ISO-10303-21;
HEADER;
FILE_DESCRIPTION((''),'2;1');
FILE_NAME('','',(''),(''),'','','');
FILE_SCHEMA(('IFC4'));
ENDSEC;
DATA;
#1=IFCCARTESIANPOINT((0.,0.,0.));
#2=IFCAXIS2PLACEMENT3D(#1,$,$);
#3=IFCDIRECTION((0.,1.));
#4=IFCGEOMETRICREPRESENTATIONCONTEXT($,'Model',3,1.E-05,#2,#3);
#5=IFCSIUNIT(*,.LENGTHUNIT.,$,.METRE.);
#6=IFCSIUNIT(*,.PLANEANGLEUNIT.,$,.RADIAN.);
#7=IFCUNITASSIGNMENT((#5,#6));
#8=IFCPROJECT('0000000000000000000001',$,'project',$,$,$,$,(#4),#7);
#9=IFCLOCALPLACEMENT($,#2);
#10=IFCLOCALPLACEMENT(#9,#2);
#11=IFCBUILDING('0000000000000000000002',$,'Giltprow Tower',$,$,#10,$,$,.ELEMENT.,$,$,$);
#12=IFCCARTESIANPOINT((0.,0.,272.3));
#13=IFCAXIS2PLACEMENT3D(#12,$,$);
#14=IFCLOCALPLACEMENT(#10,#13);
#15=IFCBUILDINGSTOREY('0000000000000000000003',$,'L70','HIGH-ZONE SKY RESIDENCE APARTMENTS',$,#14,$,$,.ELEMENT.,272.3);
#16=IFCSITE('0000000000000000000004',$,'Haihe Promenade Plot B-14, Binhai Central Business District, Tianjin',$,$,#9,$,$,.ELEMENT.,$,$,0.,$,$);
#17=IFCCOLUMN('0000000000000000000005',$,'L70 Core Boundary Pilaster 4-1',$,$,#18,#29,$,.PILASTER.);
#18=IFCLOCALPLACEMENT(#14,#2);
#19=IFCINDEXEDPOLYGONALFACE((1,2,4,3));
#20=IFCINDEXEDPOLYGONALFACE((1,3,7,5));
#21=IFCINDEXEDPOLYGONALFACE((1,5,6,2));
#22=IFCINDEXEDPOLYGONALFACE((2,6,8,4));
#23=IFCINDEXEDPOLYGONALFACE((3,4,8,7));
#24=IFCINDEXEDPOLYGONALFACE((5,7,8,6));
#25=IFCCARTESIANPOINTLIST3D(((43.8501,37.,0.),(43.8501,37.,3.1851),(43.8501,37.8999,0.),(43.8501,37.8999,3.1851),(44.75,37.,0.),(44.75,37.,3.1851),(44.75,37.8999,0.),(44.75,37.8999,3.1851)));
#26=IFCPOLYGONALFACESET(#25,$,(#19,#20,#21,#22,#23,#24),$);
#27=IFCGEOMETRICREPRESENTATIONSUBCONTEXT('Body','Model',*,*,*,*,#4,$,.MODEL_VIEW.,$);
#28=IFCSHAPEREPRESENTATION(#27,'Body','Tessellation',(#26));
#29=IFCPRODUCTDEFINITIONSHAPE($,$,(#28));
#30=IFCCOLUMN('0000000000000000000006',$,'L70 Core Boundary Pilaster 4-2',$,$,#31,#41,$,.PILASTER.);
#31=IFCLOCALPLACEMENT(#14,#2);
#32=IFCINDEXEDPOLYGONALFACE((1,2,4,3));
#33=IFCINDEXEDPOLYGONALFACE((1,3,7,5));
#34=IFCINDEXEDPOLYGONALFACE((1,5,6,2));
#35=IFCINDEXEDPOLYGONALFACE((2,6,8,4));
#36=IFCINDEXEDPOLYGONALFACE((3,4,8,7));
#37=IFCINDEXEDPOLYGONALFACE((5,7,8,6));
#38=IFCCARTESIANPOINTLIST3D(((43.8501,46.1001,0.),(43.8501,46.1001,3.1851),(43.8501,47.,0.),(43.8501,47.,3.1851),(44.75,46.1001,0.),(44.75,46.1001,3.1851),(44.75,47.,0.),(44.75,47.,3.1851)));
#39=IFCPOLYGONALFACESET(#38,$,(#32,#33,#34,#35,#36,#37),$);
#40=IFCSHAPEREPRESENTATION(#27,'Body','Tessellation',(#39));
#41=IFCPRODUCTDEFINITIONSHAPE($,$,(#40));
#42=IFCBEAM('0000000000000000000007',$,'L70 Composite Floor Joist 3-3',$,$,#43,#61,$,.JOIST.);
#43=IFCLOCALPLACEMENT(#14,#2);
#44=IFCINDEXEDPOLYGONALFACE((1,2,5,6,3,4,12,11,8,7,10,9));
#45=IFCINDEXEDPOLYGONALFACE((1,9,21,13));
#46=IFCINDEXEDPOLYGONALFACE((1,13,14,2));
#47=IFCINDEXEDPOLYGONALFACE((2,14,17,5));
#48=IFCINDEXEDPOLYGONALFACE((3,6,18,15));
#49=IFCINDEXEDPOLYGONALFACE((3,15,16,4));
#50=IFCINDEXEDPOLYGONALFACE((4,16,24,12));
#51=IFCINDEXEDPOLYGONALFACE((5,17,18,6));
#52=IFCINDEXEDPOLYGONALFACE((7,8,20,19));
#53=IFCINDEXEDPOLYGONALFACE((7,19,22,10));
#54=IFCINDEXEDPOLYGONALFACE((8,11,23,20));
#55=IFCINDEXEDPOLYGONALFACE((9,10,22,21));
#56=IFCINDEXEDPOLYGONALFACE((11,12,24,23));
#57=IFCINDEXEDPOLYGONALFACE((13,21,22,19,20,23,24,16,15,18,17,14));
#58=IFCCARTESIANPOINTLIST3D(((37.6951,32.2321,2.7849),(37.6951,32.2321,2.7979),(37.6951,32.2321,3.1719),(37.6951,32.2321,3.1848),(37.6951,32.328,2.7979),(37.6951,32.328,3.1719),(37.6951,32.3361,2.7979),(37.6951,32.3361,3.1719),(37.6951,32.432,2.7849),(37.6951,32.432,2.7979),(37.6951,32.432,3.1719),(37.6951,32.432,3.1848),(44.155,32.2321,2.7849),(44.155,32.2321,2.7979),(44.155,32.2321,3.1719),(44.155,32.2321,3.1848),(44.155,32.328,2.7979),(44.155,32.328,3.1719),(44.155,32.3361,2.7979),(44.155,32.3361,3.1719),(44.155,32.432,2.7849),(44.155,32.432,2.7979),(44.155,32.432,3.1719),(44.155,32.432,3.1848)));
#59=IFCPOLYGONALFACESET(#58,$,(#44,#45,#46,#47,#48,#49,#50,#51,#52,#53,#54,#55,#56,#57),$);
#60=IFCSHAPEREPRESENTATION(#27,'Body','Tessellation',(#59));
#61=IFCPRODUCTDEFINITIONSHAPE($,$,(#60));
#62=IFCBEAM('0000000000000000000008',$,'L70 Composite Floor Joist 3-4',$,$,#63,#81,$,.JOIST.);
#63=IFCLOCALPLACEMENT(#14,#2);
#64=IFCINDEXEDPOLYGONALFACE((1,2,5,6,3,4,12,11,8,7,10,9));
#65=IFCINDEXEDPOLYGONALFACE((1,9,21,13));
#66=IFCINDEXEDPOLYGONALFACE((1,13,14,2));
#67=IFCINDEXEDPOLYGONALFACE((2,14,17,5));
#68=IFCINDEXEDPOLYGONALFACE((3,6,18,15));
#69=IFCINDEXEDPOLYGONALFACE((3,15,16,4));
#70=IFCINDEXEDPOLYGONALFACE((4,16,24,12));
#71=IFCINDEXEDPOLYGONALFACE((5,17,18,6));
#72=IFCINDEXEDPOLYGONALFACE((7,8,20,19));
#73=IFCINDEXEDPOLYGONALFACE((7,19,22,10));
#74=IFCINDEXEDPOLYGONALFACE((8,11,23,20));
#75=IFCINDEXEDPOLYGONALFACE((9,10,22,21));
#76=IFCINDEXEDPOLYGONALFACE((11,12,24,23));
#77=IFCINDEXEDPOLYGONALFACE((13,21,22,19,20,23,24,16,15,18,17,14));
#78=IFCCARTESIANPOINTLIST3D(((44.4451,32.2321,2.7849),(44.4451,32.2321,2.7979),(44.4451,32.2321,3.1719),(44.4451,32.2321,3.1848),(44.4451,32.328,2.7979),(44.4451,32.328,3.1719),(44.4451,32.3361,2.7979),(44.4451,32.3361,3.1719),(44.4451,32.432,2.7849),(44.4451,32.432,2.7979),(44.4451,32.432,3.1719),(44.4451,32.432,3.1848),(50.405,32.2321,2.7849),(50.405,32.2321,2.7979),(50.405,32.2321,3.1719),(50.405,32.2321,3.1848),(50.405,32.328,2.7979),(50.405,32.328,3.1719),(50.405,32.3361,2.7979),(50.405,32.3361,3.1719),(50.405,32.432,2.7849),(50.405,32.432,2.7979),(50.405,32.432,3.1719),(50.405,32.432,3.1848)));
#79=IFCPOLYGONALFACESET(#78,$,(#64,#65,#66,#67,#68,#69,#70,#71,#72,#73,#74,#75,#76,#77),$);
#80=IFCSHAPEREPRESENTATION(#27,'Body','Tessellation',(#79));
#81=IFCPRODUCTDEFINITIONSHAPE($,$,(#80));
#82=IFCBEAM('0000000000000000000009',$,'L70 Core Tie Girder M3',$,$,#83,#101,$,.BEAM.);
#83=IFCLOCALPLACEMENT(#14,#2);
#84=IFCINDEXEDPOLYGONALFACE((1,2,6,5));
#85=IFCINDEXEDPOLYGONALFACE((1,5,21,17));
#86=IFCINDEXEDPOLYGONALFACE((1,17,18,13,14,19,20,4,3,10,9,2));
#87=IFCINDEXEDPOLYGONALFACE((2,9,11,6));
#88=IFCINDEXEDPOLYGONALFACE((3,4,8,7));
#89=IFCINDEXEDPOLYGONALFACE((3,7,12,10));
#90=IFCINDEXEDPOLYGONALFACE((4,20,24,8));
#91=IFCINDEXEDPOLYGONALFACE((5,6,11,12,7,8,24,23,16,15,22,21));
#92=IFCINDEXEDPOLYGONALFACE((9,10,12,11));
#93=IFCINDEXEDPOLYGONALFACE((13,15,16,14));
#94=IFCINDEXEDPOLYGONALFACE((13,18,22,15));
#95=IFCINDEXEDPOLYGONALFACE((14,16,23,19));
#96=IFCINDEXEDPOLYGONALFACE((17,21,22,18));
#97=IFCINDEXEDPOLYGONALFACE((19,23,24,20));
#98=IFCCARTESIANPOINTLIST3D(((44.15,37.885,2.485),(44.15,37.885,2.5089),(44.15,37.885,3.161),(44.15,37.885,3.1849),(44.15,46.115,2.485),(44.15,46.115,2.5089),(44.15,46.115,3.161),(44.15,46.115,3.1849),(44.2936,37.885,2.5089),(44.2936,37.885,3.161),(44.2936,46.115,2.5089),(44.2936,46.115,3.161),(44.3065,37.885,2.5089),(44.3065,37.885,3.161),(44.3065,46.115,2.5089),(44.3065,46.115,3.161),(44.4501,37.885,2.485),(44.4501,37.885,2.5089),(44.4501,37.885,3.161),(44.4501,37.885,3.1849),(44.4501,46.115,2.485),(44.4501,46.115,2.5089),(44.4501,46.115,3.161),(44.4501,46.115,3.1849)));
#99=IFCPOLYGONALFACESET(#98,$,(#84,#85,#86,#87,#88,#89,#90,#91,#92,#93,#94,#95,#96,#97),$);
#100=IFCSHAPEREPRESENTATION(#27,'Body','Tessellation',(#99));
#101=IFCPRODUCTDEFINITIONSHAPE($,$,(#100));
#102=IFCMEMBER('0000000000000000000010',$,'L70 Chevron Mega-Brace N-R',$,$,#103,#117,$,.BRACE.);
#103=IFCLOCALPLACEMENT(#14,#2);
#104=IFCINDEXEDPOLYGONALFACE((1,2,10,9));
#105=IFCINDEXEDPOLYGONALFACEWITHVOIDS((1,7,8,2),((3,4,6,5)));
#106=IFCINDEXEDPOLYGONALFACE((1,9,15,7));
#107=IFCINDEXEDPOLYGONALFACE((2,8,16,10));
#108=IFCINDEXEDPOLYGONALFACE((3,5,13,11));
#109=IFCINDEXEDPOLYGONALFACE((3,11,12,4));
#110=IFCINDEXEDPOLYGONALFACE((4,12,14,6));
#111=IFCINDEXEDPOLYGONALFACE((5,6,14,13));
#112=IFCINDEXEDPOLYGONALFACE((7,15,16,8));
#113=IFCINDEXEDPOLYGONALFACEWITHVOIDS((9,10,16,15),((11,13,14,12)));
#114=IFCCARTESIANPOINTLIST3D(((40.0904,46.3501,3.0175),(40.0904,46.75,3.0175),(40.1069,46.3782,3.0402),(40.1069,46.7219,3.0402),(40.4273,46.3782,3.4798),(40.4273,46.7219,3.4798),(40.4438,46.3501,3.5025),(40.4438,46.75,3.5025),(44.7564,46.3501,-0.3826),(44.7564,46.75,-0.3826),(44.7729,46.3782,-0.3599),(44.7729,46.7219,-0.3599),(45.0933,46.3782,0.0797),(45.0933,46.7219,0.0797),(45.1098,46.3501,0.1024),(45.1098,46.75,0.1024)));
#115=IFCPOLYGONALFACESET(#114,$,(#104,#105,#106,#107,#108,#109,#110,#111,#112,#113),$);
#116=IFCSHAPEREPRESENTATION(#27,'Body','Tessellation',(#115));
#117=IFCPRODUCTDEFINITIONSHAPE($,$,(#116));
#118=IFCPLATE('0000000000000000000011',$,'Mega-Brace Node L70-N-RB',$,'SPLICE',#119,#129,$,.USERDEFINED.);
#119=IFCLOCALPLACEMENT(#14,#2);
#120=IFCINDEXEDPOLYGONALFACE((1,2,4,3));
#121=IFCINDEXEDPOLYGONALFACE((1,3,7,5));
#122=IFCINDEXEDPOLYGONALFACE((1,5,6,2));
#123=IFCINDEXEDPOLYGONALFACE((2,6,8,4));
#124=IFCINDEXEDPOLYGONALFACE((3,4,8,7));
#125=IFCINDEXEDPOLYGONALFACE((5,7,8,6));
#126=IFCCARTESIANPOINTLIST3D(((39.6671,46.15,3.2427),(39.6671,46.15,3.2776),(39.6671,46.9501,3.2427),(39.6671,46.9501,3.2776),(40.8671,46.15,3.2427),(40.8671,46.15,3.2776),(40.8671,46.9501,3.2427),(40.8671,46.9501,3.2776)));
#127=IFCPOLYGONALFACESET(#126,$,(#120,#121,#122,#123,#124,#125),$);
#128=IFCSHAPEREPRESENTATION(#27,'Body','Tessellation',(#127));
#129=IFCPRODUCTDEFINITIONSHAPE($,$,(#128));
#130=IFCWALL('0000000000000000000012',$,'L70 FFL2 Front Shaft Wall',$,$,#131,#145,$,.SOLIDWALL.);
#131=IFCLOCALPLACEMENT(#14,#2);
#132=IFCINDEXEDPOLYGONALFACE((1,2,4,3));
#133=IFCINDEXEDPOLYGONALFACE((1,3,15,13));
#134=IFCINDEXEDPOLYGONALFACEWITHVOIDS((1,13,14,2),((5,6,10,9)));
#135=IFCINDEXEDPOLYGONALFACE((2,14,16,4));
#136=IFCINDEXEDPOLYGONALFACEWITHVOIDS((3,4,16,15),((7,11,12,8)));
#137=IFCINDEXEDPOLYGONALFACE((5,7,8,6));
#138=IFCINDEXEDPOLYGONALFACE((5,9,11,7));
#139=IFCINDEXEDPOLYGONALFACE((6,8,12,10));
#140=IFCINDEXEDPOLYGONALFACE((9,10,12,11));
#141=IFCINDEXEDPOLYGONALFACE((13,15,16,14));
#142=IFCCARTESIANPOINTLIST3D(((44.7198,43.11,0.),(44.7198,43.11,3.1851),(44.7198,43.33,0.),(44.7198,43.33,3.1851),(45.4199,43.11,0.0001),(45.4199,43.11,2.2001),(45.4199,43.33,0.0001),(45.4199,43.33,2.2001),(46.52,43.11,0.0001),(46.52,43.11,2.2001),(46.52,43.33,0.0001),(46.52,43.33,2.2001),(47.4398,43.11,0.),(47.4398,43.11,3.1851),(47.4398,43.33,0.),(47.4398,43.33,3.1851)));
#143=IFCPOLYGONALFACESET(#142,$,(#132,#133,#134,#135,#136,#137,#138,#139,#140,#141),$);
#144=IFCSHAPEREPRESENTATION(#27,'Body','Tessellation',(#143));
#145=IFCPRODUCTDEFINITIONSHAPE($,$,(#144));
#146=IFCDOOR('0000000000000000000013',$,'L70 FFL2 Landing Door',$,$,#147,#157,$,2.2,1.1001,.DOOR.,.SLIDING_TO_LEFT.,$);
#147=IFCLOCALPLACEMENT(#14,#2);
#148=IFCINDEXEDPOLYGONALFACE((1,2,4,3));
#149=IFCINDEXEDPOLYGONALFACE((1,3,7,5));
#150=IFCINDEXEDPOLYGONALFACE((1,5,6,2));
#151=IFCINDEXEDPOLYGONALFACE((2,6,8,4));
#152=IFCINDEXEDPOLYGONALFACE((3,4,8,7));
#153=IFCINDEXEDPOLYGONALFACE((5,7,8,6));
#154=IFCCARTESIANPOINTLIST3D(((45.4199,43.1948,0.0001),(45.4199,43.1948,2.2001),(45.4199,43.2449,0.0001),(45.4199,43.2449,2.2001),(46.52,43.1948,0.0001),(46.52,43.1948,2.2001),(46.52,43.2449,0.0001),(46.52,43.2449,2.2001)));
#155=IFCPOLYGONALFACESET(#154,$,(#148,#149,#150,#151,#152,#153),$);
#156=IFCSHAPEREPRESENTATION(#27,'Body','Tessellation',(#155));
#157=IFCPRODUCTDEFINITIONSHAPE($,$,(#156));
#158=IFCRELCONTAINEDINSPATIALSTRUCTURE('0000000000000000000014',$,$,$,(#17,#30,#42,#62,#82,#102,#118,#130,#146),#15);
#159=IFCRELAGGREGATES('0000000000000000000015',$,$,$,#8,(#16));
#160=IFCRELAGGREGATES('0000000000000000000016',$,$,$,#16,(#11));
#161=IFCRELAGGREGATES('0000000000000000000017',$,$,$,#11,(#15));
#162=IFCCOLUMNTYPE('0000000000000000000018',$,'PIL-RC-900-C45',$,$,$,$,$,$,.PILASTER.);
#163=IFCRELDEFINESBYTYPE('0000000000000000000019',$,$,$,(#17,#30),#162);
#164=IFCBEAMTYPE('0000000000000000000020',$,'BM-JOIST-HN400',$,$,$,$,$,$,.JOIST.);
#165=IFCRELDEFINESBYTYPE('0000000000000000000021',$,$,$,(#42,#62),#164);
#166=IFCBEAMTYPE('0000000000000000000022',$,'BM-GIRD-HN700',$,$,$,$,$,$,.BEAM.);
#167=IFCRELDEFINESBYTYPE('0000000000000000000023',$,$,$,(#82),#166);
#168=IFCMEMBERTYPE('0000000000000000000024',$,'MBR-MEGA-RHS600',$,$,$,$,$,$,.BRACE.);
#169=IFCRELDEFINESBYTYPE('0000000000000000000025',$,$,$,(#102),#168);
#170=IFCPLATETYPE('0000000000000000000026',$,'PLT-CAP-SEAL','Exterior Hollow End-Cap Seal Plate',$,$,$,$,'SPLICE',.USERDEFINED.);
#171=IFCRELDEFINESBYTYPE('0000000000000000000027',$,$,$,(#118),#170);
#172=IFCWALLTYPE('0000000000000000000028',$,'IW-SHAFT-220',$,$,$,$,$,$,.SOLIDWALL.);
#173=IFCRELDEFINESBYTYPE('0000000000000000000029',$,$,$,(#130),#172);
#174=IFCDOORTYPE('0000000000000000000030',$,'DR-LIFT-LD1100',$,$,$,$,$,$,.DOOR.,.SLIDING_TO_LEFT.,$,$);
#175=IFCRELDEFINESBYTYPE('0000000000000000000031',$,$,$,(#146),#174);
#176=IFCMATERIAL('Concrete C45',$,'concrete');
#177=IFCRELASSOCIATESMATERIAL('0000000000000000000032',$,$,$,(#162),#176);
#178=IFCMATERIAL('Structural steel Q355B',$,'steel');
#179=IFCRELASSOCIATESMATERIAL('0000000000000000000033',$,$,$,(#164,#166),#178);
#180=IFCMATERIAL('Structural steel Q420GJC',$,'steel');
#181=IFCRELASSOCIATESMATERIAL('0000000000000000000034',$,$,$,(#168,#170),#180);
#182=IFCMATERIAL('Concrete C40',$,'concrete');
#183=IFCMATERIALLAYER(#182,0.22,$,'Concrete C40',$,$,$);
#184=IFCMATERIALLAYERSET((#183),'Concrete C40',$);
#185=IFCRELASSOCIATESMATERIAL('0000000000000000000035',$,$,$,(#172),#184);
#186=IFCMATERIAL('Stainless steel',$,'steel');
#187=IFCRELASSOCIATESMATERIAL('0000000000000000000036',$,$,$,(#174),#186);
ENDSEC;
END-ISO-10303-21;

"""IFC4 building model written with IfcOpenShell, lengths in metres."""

from ifc_helpers import new_model, si_unit, direction, frame, frame_2d, origin, origin_2d, place, context, subcontext, project, spatial, rectangle, hollow_rectangle, i_section, extrude, source, transform, mapped, material, layer, layer_set, material_profile, profile_set, type_object, element, fill, save


model = new_model("IFC4")

# Units and contexts
model_context = context("Model", 3, precision=1e-05, world=origin(), true_north=direction((0.0, 1.0)))
body_context = subcontext(model_context, "Body", "Model", "MODEL_VIEW")
ifc_project = project(units=[si_unit("LENGTHUNIT", "METRE"), si_unit("PLANEANGLEUNIT", "RADIAN")], contexts=[model_context])

# Site, building, storey
site_placement = place(None, origin())
site = spatial("IfcSite", under=ifc_project, at=site_placement, Name="Haihe Promenade Plot B-14, Binhai Central Business District, Tianjin", CompositionType="ELEMENT", RefElevation=0.0)
building_placement = place(site_placement, origin())
building = spatial("IfcBuilding", under=site, at=building_placement, Name="Giltprow Tower", CompositionType="ELEMENT")
storey_placement = place(building_placement, frame((0.0, 0.0, 272.3)))
storey = spatial("IfcBuildingStorey", under=building, at=storey_placement, Name="L70", Description="HIGH-ZONE SKY RESIDENCE APARTMENTS", CompositionType="ELEMENT", Elevation=272.3)

# Columns
ifc_material_1 = material(Name="Concrete C45", Category="concrete")
ifc_material_profile_1 = material_profile(ifc_material_1, rectangle(XDim=0.8999, YDim=0.8999, at=origin_2d()), Name="RC 900x900")
ifc_profile_set_1 = profile_set([ifc_material_profile_1], Name="Concrete C45")
column_type = type_object("IfcColumnType", Name="PIL-RC-900-C45", PredefinedType="PILASTER", material=ifc_profile_set_1)
shared_shape_1 = source(origin(), body_context, "Body", "SweptSolid", [
    extrude(rectangle(XDim=0.8999, YDim=0.8999, at=origin_2d()), origin(), (0.0, 0.0, 1.0), 3.1851),
])
for number, where, z_axis, x_axis, name in (
    (1, (44.3, 37.45, 0.0), (0.0, 0.0, 1.0), (1.0, 0.0, 0.0), "L70 Core Boundary Pilaster 4-1"),
    (2, (44.3, 46.55, 0.0), (0.0, 0.0, 1.0), (1.0, 0.0, 0.0), "L70 Core Boundary Pilaster 4-2"),
):
    element("IfcColumn", number, at=place(storey_placement, frame(where, z_axis=z_axis, x_axis=x_axis)), inside=storey, type_object=column_type, Name=name, PredefinedType="PILASTER", context=body_context, shape_type="MappedRepresentation", body=[
        mapped(shared_shape_1, transform((0.0, 0.0, 0.0), x_axis=(1.0, 0.0, 0.0), y_axis=(0.0, 1.0, 0.0), z_axis=(0.0, 0.0, 1.0), scale=1.0)),
    ])

# Beams
ifc_material_2 = material(Name="Structural steel Q355B", Category="steel")
ifc_material_profile_2 = material_profile(ifc_material_2, i_section(OverallWidth=0.2, OverallDepth=0.3999, WebThickness=0.0081, FlangeThickness=0.0129, at=origin_2d()), Name="HN 400x200x8x13")
ifc_profile_set_2 = profile_set([ifc_material_profile_2], Name="Structural steel Q355B")
beam_type_1 = type_object("IfcBeamType", Name="BM-JOIST-HN400", PredefinedType="JOIST", material=ifc_profile_set_2)
shared_shape_2 = source(origin(), body_context, "Body", "SweptSolid", [
    extrude(i_section(OverallWidth=0.2, OverallDepth=0.3999, WebThickness=0.0081, FlangeThickness=0.0129, at=origin_2d()), origin(), (0.0, 0.0, 1.0), 6.46),
])
beam_1_placement = place(storey_placement, frame((37.6951, 32.332, 2.9849), z_axis=(1.0, 0.0, 0.0), x_axis=(0.0, 1.0, 0.0)))
element("IfcBeam", 3, at=beam_1_placement, inside=storey, type_object=beam_type_1, Name="L70 Composite Floor Joist 3-3", PredefinedType="JOIST", context=body_context, shape_type="MappedRepresentation", body=[
    mapped(shared_shape_2, transform((0.0, 0.0, 0.0), x_axis=(1.0, 0.0, 0.0), y_axis=(0.0, 1.0, 0.0), z_axis=(0.0, 0.0, 1.0), scale=1.0)),
])
shared_shape_3 = source(origin(), body_context, "Body", "SweptSolid", [
    extrude(i_section(OverallWidth=0.2, OverallDepth=0.3999, WebThickness=0.0081, FlangeThickness=0.0129, at=origin_2d()), origin(), (0.0, 0.0, 1.0), 5.96),
])
beam_2_placement = place(storey_placement, frame((44.4451, 32.332, 2.9849), z_axis=(1.0, 0.0, 0.0), x_axis=(0.0, 1.0, 0.0)))
element("IfcBeam", 4, at=beam_2_placement, inside=storey, type_object=beam_type_1, Name="L70 Composite Floor Joist 3-4", PredefinedType="JOIST", context=body_context, shape_type="MappedRepresentation", body=[
    mapped(shared_shape_3, transform((0.0, 0.0, 0.0), x_axis=(1.0, 0.0, 0.0), y_axis=(0.0, 1.0, 0.0), z_axis=(0.0, 0.0, 1.0), scale=1.0)),
])
ifc_material_profile_3 = material_profile(ifc_material_2, i_section(OverallWidth=0.3, OverallDepth=0.7, WebThickness=0.0129, FlangeThickness=0.0239, at=origin_2d()), Name="HN 700x300x13x24")
ifc_profile_set_3 = profile_set([ifc_material_profile_3], Name="Structural steel Q355B")
beam_type_2 = type_object("IfcBeamType", Name="BM-GIRD-HN700", PredefinedType="BEAM", material=ifc_profile_set_3)
shared_shape_4 = source(origin(), body_context, "Body", "SweptSolid", [
    extrude(i_section(OverallWidth=0.3, OverallDepth=0.7, WebThickness=0.0129, FlangeThickness=0.0239, at=origin_2d()), origin(), (0.0, 0.0, 1.0), 8.23),
])
beam_3_placement = place(storey_placement, frame((44.3, 37.885, 2.835), z_axis=(0.0, 1.0, 0.0), x_axis=(-1.0, 0.0, 0.0)))
element("IfcBeam", 5, at=beam_3_placement, inside=storey, type_object=beam_type_2, Name="L70 Core Tie Girder M3", PredefinedType="BEAM", context=body_context, shape_type="MappedRepresentation", body=[
    mapped(shared_shape_4, transform((0.0, 0.0, 0.0), x_axis=(1.0, 0.0, 0.0), y_axis=(0.0, 1.0, 0.0), z_axis=(0.0, 0.0, 1.0), scale=1.0)),
])

# Member
ifc_material_3 = material(Name="Structural steel Q420GJC", Category="steel")
ifc_material_profile_4 = material_profile(ifc_material_3, hollow_rectangle(XDim=0.3999, YDim=0.6001, WallThickness=0.0281, at=origin_2d()), Name="RHS 600x400x28")
ifc_profile_set_4 = profile_set([ifc_material_profile_4], Name="Structural steel Q420GJC")
member_type = type_object("IfcMemberType", Name="MBR-MEGA-RHS600", PredefinedType="BRACE", material=ifc_profile_set_4)
shared_shape_5 = source(origin(), body_context, "Body", "SweptSolid", [
    extrude(hollow_rectangle(XDim=0.3999, YDim=0.6001, WallThickness=0.0281, at=origin_2d()), origin(), (0.0, 0.0, 1.0), 5.7734),
])
member_placement = place(storey_placement, frame((44.9331, 46.55, -0.1401), z_axis=(-0.808185, 0.0, 0.588928), x_axis=(0.0, -1.0, 0.0)))
element("IfcMember", 6, at=member_placement, inside=storey, type_object=member_type, Name="L70 Chevron Mega-Brace N-R", PredefinedType="BRACE", context=body_context, shape_type="MappedRepresentation", body=[
    mapped(shared_shape_5, transform((0.0, 0.0, 0.0), x_axis=(1.0, 0.0, 0.0), y_axis=(0.0, 1.0, 0.0), z_axis=(0.0, 0.0, 1.0), scale=1.0)),
])

# Plate
plate_type = type_object("IfcPlateType", Name="PLT-CAP-SEAL", Description="Exterior Hollow End-Cap Seal Plate", ElementType="SPLICE", PredefinedType="USERDEFINED", material=ifc_material_3)
shared_shape_6 = source(origin(), body_context, "Body", "SweptSolid", [
    extrude(rectangle(XDim=1.2, YDim=0.8, at=origin_2d()), origin(), (0.0, 0.0, 1.0), 0.0349),
])
plate_placement = place(storey_placement, frame((40.2671, 46.55, 3.2427), z_axis=(0.0, 0.0, 1.0), x_axis=(1.0, 0.0, 0.0)))
element("IfcPlate", 7, at=plate_placement, inside=storey, type_object=plate_type, Name="Mega-Brace Node L70-N-RB", ObjectType="SPLICE", PredefinedType="USERDEFINED", context=body_context, shape_type="MappedRepresentation", body=[
    mapped(shared_shape_6, transform((0.0, 0.0, 0.0), x_axis=(1.0, 0.0, 0.0), y_axis=(0.0, 1.0, 0.0), z_axis=(0.0, 0.0, 1.0), scale=1.0)),
])

# Wall, opening, door
ifc_material_4 = material(Name="Concrete C40", Category="concrete")
ifc_layer_1 = layer(ifc_material_4, 0.22, Name="Concrete C40")
ifc_layer_set_1 = layer_set([ifc_layer_1], Name="Concrete C40")
wall_type_1 = type_object("IfcWallType", Name="IW-SHAFT-220", PredefinedType="SOLIDWALL", material=ifc_layer_set_1)
wall_1_placement = place(storey_placement, frame((44.72, 43.22, 0.0), z_axis=(0.0, 0.0, 1.0), x_axis=(1.0, 0.0, 0.0)))
wall_1 = element("IfcWall", 8, at=wall_1_placement, inside=storey, type_object=wall_type_1, Name="L70 FFL2 Front Shaft Wall", PredefinedType="SOLIDWALL", context=body_context, shape_type="SweptSolid", body=[
    extrude(rectangle(XDim=2.72, YDim=0.22, at=frame_2d((1.3599, 0.0))), origin(), (0.0, 0.0, 1.0), 3.1851),
])
opening_1_placement = place(wall_1_placement, frame((0.7, 0.0, 0.0)))
opening_1 = element("IfcOpeningElement", 9, at=opening_1_placement, cuts=wall_1, PredefinedType="OPENING", context=body_context, shape_type="SweptSolid", body=[
    extrude(rectangle(XDim=1.1001, YDim=2.2, at=frame_2d((0.55, 1.1001))), frame((0.0, 0.1199, 0.0), z_axis=(0.0, -1.0, 0.0), x_axis=(1.0, 0.0, 0.0)), (0.0, 0.0, 1.0), 0.24),
])
ifc_material_5 = material(Name="Stainless steel", Category="steel")
door_type_1 = type_object("IfcDoorType", Name="DR-LIFT-LD1100", OperationType="SLIDING_TO_LEFT", PredefinedType="DOOR", material=ifc_material_5)
shared_shape_7 = source(origin(), body_context, "Body", "SweptSolid", [
    extrude(rectangle(XDim=1.1001, YDim=2.2, at=frame_2d((0.55, 1.1001))), frame((0.0, 0.0249, 0.0), z_axis=(0.0, -1.0, 0.0), x_axis=(1.0, 0.0, 0.0)), (0.0, 0.0, 1.0), 0.05),
])
door_1_placement = place(opening_1_placement, origin())
door_1 = element("IfcDoor", 10, at=door_1_placement, inside=storey, type_object=door_type_1, Name="L70 FFL2 Landing Door", OperationType="SLIDING_TO_LEFT", OverallHeight=2.2, OverallWidth=1.1001, PredefinedType="DOOR", context=body_context, shape_type="MappedRepresentation", body=[
    mapped(shared_shape_7, transform((0.0, 0.0, 0.0), x_axis=(1.0, 0.0, 0.0), y_axis=(0.0, 1.0, 0.0), z_axis=(0.0, 0.0, 1.0), scale=1.0)),
])
fill(opening_1, door_1)

save(model, "model.ifc")
